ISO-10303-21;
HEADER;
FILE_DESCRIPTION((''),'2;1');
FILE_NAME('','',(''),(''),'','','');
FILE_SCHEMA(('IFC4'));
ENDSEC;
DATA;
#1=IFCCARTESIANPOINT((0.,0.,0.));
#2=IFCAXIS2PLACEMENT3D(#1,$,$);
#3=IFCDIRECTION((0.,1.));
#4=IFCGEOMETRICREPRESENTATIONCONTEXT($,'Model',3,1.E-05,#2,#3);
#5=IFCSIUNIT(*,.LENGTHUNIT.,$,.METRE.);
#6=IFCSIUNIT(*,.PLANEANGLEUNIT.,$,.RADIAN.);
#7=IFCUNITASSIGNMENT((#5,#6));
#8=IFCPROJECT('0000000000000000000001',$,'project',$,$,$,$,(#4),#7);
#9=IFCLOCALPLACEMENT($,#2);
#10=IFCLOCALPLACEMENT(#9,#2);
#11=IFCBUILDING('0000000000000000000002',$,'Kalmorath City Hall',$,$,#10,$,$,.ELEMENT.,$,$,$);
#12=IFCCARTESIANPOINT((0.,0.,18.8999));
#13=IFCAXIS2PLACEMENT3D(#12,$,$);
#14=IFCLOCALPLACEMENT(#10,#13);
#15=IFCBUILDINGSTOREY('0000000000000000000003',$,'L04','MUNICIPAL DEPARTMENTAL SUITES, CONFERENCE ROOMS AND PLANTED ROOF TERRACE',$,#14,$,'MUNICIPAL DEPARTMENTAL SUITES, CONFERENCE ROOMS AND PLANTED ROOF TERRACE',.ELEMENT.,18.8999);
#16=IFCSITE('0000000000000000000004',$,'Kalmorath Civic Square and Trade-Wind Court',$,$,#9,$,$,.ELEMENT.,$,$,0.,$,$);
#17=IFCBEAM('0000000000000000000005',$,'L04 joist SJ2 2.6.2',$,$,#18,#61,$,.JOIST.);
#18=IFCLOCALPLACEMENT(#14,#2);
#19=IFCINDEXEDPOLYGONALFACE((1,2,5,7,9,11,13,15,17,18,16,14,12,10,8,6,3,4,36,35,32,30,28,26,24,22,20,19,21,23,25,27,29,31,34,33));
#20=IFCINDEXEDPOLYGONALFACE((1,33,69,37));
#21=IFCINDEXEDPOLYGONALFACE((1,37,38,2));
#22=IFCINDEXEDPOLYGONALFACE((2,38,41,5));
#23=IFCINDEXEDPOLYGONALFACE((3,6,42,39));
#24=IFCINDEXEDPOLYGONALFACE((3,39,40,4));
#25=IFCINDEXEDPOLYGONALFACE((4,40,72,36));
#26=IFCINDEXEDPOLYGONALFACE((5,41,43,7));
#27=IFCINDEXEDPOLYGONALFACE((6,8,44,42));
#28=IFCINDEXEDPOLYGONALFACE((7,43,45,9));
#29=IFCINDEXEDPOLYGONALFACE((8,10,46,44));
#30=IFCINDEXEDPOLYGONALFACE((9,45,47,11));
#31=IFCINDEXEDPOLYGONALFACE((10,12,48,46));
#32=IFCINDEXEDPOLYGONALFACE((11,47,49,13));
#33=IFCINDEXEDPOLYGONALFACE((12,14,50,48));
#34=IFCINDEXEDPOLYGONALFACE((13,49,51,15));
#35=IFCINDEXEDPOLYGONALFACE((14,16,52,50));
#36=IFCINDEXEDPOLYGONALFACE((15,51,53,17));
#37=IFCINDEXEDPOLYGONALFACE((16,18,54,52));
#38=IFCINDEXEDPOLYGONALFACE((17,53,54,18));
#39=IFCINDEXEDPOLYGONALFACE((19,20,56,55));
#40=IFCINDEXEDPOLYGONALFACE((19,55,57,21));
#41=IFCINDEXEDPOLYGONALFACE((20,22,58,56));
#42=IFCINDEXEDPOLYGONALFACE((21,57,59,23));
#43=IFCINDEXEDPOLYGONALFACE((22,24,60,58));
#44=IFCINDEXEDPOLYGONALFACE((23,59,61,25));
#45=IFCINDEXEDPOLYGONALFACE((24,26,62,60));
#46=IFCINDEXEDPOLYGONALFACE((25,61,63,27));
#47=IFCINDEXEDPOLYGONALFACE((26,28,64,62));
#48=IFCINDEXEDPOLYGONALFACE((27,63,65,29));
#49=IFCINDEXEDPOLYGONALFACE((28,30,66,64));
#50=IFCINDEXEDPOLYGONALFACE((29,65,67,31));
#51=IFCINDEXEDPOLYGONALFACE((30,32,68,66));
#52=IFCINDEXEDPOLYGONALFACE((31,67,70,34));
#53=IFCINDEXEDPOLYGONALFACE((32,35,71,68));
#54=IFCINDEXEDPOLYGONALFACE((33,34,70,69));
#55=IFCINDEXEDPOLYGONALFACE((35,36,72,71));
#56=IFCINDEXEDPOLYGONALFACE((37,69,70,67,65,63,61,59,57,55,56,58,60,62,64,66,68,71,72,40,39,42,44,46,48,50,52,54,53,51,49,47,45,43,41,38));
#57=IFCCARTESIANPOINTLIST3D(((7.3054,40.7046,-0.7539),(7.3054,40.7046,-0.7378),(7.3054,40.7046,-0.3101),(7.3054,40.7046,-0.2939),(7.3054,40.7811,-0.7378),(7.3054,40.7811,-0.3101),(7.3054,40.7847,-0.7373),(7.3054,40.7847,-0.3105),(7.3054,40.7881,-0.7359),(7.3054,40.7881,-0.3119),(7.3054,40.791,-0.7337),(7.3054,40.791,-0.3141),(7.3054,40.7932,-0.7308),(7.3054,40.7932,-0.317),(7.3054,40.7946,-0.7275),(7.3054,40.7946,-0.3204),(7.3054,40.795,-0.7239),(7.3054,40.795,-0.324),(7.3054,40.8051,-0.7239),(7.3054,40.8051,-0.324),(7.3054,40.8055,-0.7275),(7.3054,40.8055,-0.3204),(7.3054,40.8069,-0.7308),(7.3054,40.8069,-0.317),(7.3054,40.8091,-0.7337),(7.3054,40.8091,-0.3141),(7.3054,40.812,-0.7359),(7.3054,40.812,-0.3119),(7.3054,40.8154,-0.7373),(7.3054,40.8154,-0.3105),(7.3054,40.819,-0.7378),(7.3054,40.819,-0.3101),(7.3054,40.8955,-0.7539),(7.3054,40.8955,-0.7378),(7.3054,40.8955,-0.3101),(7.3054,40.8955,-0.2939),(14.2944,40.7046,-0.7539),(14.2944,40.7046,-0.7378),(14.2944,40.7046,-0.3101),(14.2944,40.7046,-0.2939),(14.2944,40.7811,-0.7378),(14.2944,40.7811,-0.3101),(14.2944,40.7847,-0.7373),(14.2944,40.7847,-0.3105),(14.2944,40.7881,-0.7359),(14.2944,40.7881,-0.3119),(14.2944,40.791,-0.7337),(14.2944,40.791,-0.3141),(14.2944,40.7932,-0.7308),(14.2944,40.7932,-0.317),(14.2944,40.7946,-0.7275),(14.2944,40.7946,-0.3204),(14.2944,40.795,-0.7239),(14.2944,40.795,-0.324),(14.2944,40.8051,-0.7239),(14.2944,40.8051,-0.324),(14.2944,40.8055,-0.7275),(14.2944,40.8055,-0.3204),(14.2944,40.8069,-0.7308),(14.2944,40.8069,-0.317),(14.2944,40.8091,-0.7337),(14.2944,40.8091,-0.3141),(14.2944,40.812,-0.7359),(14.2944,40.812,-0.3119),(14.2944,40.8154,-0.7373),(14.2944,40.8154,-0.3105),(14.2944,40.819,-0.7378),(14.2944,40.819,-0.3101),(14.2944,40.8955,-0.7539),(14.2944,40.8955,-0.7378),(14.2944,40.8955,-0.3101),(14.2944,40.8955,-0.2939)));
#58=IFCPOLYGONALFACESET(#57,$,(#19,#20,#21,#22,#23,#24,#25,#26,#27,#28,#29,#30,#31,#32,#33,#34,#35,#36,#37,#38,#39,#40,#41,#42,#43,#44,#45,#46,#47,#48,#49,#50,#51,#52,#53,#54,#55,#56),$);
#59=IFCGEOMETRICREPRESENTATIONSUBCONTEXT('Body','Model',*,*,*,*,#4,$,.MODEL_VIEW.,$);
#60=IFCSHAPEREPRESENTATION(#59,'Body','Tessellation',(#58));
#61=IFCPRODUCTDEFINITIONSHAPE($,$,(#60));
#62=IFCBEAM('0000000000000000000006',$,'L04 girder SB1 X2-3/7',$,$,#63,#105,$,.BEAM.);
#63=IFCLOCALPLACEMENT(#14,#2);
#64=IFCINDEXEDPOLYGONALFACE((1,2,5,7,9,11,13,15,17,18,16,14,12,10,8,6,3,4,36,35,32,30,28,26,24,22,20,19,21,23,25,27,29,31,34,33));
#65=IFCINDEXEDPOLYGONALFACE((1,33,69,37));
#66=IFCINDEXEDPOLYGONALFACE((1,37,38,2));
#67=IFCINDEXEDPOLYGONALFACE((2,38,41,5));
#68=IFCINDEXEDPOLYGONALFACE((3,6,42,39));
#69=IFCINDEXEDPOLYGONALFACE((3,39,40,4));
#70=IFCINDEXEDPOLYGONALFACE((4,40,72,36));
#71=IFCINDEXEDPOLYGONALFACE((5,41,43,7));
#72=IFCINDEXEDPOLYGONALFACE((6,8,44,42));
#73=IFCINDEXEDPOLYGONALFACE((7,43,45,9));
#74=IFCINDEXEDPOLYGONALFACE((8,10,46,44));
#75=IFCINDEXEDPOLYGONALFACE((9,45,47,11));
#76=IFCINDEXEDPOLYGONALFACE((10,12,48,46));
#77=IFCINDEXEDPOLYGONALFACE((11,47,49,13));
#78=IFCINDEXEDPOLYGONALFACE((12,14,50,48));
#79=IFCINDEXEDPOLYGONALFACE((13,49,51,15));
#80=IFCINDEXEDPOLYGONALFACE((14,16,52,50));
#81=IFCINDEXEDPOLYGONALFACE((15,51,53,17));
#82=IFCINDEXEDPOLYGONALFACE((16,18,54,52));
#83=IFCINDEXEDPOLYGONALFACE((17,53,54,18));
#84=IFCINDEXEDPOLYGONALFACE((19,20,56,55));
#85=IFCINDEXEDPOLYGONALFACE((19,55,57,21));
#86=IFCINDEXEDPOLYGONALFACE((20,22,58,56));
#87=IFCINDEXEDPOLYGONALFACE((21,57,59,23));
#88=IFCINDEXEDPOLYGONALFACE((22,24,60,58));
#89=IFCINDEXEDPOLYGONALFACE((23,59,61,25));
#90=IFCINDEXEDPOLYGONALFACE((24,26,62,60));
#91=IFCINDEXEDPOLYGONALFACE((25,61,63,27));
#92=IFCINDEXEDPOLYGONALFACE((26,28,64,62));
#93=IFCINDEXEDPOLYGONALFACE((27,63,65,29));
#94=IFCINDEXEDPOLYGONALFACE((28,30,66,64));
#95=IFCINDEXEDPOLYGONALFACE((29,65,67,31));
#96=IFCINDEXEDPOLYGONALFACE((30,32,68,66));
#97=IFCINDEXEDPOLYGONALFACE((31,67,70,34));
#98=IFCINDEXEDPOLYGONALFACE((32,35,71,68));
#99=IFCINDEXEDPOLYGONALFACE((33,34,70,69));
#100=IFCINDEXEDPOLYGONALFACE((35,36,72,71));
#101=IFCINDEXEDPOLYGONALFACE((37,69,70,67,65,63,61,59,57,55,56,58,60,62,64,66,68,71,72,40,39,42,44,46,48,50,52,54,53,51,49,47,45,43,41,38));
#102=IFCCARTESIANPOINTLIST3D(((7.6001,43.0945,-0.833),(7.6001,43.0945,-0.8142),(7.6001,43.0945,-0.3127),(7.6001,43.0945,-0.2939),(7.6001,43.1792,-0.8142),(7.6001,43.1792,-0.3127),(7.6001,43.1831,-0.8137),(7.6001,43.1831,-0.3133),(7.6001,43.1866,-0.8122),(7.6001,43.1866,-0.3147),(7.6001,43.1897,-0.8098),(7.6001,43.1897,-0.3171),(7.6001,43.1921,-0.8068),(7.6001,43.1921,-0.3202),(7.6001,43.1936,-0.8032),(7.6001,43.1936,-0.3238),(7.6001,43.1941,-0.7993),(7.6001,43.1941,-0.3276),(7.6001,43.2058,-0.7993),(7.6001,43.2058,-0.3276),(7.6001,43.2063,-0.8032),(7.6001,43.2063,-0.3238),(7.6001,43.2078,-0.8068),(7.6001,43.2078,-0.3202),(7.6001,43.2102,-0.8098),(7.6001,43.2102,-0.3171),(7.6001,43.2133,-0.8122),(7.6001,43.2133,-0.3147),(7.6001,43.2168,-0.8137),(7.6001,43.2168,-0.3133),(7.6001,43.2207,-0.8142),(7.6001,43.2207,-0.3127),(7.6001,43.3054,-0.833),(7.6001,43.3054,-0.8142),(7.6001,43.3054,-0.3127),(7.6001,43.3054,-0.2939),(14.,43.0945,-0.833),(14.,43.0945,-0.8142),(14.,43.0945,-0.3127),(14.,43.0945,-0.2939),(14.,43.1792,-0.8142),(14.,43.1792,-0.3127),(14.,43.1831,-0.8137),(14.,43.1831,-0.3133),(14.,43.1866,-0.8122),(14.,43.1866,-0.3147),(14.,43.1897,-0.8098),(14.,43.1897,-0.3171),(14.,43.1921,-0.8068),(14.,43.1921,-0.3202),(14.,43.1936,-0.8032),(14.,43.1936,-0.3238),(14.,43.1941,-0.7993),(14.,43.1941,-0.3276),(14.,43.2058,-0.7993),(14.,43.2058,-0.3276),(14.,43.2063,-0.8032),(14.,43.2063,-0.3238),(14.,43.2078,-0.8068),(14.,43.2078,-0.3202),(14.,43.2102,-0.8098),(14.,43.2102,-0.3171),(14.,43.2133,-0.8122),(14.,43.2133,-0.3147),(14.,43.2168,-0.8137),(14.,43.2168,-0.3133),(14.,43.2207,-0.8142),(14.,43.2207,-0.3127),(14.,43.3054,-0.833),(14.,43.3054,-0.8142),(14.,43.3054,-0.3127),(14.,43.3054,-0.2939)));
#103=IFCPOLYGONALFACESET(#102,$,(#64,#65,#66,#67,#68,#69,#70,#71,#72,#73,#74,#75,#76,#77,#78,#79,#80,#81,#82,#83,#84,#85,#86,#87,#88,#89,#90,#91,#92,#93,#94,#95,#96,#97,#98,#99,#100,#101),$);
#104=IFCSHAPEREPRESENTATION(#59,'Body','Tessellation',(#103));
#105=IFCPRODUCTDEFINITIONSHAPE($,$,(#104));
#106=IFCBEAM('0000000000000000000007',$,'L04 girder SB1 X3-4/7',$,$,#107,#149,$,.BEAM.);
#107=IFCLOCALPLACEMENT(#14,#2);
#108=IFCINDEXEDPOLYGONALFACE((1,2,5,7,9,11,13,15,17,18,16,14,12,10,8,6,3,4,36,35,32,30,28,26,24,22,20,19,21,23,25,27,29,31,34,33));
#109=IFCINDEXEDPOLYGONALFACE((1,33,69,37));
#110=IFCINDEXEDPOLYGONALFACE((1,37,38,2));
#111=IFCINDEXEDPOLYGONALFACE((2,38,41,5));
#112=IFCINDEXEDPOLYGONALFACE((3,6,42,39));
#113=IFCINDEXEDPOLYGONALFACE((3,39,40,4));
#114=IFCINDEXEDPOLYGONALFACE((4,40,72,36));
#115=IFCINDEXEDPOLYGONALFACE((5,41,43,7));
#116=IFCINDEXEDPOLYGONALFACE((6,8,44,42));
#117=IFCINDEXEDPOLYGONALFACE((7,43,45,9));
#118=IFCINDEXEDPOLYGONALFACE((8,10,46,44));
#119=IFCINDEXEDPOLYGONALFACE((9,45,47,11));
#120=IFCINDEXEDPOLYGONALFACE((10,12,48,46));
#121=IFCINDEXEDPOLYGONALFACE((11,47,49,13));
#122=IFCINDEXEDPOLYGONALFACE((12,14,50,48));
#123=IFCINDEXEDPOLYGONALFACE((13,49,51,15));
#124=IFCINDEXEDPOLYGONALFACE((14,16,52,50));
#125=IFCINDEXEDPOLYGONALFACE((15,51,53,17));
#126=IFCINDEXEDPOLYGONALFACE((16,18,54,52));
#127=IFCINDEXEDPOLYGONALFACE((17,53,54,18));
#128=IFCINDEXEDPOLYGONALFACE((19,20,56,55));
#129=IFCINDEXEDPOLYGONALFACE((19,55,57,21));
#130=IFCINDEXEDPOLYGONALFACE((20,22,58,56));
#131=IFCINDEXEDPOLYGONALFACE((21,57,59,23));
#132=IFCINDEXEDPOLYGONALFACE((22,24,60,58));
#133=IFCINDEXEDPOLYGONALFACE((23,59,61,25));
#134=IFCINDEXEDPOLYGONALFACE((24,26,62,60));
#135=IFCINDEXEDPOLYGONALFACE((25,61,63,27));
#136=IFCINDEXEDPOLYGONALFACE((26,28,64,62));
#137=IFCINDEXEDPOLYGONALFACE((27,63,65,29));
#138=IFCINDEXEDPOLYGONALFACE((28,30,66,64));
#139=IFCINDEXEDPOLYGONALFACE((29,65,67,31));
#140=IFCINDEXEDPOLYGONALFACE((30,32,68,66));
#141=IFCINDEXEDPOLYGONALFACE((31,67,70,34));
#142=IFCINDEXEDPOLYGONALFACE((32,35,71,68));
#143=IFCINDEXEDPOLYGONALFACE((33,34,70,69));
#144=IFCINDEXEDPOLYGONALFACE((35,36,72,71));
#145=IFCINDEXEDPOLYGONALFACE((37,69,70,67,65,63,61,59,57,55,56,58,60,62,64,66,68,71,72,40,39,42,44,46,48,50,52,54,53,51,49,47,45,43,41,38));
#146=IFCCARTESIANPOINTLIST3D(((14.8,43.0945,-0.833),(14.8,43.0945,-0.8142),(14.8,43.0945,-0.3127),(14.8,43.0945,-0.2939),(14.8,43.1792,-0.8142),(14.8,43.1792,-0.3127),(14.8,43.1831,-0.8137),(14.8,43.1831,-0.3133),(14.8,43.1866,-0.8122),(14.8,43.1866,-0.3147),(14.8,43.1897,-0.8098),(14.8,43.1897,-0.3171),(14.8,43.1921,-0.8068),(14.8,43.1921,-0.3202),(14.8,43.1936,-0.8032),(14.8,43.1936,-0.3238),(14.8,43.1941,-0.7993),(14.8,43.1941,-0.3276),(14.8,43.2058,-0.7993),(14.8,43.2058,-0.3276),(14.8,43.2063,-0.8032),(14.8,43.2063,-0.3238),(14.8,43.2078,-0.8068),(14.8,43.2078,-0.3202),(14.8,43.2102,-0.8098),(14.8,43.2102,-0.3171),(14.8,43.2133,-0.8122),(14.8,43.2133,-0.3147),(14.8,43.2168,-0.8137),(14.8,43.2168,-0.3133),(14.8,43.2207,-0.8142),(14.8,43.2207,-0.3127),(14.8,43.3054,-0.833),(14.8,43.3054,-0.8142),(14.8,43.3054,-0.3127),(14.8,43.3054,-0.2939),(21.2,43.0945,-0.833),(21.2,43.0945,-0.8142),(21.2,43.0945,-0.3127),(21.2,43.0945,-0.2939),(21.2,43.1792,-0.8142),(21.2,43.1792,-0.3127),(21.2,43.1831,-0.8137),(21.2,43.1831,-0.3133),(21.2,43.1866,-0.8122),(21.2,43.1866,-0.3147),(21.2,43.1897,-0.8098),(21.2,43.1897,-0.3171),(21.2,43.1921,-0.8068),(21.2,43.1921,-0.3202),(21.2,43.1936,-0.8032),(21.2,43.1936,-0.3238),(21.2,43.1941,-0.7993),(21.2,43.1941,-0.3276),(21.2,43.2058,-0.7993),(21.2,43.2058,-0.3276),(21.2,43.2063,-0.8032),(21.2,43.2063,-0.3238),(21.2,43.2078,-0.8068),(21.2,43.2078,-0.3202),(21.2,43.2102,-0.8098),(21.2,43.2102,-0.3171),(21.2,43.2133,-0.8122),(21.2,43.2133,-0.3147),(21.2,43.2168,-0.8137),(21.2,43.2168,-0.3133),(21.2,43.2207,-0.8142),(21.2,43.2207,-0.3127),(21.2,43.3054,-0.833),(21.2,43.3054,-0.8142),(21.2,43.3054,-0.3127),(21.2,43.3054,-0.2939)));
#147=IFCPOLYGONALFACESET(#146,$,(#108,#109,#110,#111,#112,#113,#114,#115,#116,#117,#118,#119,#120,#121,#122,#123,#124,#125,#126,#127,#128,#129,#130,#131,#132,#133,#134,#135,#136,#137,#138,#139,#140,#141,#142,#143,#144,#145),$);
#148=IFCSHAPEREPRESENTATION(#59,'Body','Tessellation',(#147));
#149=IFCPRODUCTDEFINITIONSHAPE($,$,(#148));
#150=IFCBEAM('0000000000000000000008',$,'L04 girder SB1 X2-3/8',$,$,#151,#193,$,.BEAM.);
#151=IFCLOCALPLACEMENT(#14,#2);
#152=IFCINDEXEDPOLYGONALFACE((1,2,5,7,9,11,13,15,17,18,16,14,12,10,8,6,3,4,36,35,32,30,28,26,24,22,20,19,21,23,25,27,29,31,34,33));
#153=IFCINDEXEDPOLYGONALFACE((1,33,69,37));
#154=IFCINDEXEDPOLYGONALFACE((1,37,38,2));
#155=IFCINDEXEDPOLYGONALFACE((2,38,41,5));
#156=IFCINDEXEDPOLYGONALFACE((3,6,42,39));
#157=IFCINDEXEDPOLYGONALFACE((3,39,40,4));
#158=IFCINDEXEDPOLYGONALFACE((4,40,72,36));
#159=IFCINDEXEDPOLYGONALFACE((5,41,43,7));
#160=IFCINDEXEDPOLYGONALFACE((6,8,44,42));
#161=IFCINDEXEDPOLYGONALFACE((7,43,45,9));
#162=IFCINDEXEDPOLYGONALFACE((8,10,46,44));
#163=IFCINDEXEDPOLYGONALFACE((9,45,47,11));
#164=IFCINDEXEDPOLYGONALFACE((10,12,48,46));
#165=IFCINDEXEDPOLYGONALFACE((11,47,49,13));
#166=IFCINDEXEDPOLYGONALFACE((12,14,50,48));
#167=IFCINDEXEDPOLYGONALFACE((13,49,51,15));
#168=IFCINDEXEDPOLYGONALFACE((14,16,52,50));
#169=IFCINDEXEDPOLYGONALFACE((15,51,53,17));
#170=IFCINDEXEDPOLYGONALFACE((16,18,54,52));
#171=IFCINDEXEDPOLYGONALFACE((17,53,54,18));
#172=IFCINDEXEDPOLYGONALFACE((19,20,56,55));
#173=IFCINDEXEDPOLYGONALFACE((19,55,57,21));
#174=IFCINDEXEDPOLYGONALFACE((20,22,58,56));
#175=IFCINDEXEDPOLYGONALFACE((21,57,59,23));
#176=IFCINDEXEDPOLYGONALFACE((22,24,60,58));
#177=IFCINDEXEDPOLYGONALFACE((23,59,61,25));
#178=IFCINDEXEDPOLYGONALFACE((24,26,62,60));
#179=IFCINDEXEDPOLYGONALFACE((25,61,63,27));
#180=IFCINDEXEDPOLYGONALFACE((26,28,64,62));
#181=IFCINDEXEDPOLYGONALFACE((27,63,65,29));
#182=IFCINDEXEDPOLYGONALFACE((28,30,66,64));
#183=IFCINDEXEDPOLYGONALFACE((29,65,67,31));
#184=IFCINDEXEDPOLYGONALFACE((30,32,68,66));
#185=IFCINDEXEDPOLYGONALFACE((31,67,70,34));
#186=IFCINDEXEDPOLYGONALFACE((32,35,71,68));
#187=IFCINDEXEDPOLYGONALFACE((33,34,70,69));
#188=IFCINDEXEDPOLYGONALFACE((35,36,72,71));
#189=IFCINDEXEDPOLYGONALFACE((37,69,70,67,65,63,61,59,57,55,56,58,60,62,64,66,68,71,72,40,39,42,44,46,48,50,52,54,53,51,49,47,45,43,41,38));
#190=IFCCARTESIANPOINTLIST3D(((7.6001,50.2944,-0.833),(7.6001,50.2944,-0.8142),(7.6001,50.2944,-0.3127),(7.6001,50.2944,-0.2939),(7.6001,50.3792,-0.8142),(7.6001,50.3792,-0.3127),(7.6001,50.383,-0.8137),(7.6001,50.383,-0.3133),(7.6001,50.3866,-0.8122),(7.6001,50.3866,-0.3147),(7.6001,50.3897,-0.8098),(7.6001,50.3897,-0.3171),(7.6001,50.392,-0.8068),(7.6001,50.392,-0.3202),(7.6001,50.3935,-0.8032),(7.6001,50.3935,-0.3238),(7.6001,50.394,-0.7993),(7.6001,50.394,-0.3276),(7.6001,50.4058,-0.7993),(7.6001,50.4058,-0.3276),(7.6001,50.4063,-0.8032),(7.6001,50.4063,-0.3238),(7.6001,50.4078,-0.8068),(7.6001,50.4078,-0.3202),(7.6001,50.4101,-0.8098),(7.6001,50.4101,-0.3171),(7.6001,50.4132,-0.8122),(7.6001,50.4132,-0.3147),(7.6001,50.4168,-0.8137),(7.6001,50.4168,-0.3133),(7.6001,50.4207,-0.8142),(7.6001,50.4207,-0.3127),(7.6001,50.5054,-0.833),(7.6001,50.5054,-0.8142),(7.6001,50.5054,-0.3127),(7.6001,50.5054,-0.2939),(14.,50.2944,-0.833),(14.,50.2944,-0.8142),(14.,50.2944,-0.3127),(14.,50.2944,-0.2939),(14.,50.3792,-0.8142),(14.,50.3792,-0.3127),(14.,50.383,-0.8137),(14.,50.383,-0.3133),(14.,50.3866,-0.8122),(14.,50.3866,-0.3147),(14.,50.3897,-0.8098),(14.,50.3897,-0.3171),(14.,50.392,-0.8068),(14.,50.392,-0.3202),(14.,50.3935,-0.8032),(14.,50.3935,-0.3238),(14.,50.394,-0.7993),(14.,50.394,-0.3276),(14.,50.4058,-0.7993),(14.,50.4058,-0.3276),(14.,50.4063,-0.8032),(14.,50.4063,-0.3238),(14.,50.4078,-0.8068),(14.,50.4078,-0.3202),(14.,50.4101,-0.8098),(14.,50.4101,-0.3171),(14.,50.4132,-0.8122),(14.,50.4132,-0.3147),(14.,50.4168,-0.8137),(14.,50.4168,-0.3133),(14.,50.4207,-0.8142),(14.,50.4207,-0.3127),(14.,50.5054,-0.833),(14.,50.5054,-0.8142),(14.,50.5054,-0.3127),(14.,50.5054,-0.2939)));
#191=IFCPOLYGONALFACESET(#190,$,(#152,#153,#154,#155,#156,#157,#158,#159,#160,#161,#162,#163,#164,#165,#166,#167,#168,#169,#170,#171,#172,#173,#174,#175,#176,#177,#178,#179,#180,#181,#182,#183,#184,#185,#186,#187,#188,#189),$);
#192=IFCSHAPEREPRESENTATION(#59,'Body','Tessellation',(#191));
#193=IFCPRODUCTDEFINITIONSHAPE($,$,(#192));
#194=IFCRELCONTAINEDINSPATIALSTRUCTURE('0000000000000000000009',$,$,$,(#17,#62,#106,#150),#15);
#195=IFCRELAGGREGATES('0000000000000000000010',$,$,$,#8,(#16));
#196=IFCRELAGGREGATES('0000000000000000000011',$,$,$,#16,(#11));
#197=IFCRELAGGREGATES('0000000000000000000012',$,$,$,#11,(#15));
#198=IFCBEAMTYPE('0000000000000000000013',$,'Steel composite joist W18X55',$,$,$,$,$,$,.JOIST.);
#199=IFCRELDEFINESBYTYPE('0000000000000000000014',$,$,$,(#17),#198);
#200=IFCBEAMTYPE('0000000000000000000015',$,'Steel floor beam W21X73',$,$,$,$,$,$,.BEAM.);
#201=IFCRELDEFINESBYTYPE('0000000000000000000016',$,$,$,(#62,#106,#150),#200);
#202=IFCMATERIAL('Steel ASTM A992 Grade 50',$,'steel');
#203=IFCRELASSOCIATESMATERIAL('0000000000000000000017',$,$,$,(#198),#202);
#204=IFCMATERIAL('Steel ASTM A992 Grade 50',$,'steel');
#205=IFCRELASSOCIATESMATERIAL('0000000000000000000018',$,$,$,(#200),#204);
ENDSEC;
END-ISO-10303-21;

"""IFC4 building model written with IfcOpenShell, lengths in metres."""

from ifc_helpers import new_model, si_unit, direction, frame, origin, origin_2d, place, context, subcontext, project, spatial, i_section, extrude, material, material_profile, profile_set, type_object, element, save


model = new_model("IFC4")

# Units and contexts
model_context = context("Model", 3, precision=1e-05, world=origin(), true_north=direction((0.0, 1.0)))
body_context = subcontext(model_context, "Body", "Model", "MODEL_VIEW")
ifc_project = project(units=[si_unit("LENGTHUNIT", "METRE"), si_unit("PLANEANGLEUNIT", "RADIAN")], contexts=[model_context])

# Site, building, storey
site_placement = place(None, origin())
site = spatial("IfcSite", under=ifc_project, at=site_placement, Name="Kalmorath Civic Square and Trade-Wind Court", CompositionType="ELEMENT", RefElevation=0.0)
building_placement = place(site_placement, origin())
building = spatial("IfcBuilding", under=site, at=building_placement, Name="Kalmorath City Hall", CompositionType="ELEMENT")
storey_placement = place(building_placement, frame((0.0, 0.0, 18.8999)))
storey = spatial("IfcBuildingStorey", under=building, at=storey_placement, Name="L04", Description="MUNICIPAL DEPARTMENTAL SUITES, CONFERENCE ROOMS AND PLANTED ROOF TERRACE", LongName="MUNICIPAL DEPARTMENTAL SUITES, CONFERENCE ROOMS AND PLANTED ROOF TERRACE", CompositionType="ELEMENT", Elevation=18.8999)

# Beams
ifc_material_1 = material(Name="Steel ASTM A992 Grade 50", Category="steel")
ifc_material_profile_1 = material_profile(ifc_material_1, i_section(OverallWidth=0.1909, OverallDepth=0.46, WebThickness=0.01, FlangeThickness=0.0161, FilletRadius=0.0139, at=origin_2d()), Name="W18X55")
ifc_profile_set_1 = profile_set([ifc_material_profile_1], Name="Steel ASTM A992 Grade 50")
beam_type_1 = type_object("IfcBeamType", Name="Steel composite joist W18X55", PredefinedType="JOIST", material=ifc_profile_set_1)
for number, where, z_axis, x_axis, name in (
    (1, (7.3054, 40.8, -0.5239), (1.0, 0.0, 0.0), (0.0, 1.0, 0.0), "L04 joist SJ2 2.6.2"),
):
    element("IfcBeam", number, at=place(storey_placement, frame(where, z_axis=z_axis, x_axis=x_axis)), inside=storey, type_object=beam_type_1, Name=name, PredefinedType="JOIST", context=body_context, shape_type="SweptSolid", body=[
        extrude(i_section(OverallWidth=0.1909, OverallDepth=0.46, WebThickness=0.01, FlangeThickness=0.0161, FilletRadius=0.0139, at=origin_2d()), origin(), (0.0, 0.0, 1.0), 6.989),
    ])
ifc_material_2 = material(Name="Steel ASTM A992 Grade 50", Category="steel")
ifc_material_profile_2 = material_profile(ifc_material_2, i_section(OverallWidth=0.2109, OverallDepth=0.5391, WebThickness=0.0117, FlangeThickness=0.0188, FilletRadius=0.0149, at=origin_2d()), Name="W21X73")
ifc_profile_set_2 = profile_set([ifc_material_profile_2], Name="Steel ASTM A992 Grade 50")
beam_type_2 = type_object("IfcBeamType", Name="Steel floor beam W21X73", PredefinedType="BEAM", material=ifc_profile_set_2)
for number, where, z_axis, x_axis, name in (
    (2, (7.6001, 43.2, -0.5635), (1.0, 0.0, 0.0), (0.0, 1.0, 0.0), "L04 girder SB1 X2-3/7"),
    (3, (14.8, 43.2, -0.5635), (1.0, 0.0, 0.0), (0.0, 1.0, 0.0), "L04 girder SB1 X3-4/7"),
    (4, (7.6001, 50.3999, -0.5635), (1.0, 0.0, 0.0), (0.0, 1.0, 0.0), "L04 girder SB1 X2-3/8"),
):
    element("IfcBeam", number, at=place(storey_placement, frame(where, z_axis=z_axis, x_axis=x_axis)), inside=storey, type_object=beam_type_2, Name=name, PredefinedType="BEAM", context=body_context, shape_type="SweptSolid", body=[
        extrude(i_section(OverallWidth=0.2109, OverallDepth=0.5391, WebThickness=0.0117, FlangeThickness=0.0188, FilletRadius=0.0149, at=origin_2d()), origin(), (0.0, 0.0, 1.0), 6.3999),
    ])

save(model, "model.ifc")
